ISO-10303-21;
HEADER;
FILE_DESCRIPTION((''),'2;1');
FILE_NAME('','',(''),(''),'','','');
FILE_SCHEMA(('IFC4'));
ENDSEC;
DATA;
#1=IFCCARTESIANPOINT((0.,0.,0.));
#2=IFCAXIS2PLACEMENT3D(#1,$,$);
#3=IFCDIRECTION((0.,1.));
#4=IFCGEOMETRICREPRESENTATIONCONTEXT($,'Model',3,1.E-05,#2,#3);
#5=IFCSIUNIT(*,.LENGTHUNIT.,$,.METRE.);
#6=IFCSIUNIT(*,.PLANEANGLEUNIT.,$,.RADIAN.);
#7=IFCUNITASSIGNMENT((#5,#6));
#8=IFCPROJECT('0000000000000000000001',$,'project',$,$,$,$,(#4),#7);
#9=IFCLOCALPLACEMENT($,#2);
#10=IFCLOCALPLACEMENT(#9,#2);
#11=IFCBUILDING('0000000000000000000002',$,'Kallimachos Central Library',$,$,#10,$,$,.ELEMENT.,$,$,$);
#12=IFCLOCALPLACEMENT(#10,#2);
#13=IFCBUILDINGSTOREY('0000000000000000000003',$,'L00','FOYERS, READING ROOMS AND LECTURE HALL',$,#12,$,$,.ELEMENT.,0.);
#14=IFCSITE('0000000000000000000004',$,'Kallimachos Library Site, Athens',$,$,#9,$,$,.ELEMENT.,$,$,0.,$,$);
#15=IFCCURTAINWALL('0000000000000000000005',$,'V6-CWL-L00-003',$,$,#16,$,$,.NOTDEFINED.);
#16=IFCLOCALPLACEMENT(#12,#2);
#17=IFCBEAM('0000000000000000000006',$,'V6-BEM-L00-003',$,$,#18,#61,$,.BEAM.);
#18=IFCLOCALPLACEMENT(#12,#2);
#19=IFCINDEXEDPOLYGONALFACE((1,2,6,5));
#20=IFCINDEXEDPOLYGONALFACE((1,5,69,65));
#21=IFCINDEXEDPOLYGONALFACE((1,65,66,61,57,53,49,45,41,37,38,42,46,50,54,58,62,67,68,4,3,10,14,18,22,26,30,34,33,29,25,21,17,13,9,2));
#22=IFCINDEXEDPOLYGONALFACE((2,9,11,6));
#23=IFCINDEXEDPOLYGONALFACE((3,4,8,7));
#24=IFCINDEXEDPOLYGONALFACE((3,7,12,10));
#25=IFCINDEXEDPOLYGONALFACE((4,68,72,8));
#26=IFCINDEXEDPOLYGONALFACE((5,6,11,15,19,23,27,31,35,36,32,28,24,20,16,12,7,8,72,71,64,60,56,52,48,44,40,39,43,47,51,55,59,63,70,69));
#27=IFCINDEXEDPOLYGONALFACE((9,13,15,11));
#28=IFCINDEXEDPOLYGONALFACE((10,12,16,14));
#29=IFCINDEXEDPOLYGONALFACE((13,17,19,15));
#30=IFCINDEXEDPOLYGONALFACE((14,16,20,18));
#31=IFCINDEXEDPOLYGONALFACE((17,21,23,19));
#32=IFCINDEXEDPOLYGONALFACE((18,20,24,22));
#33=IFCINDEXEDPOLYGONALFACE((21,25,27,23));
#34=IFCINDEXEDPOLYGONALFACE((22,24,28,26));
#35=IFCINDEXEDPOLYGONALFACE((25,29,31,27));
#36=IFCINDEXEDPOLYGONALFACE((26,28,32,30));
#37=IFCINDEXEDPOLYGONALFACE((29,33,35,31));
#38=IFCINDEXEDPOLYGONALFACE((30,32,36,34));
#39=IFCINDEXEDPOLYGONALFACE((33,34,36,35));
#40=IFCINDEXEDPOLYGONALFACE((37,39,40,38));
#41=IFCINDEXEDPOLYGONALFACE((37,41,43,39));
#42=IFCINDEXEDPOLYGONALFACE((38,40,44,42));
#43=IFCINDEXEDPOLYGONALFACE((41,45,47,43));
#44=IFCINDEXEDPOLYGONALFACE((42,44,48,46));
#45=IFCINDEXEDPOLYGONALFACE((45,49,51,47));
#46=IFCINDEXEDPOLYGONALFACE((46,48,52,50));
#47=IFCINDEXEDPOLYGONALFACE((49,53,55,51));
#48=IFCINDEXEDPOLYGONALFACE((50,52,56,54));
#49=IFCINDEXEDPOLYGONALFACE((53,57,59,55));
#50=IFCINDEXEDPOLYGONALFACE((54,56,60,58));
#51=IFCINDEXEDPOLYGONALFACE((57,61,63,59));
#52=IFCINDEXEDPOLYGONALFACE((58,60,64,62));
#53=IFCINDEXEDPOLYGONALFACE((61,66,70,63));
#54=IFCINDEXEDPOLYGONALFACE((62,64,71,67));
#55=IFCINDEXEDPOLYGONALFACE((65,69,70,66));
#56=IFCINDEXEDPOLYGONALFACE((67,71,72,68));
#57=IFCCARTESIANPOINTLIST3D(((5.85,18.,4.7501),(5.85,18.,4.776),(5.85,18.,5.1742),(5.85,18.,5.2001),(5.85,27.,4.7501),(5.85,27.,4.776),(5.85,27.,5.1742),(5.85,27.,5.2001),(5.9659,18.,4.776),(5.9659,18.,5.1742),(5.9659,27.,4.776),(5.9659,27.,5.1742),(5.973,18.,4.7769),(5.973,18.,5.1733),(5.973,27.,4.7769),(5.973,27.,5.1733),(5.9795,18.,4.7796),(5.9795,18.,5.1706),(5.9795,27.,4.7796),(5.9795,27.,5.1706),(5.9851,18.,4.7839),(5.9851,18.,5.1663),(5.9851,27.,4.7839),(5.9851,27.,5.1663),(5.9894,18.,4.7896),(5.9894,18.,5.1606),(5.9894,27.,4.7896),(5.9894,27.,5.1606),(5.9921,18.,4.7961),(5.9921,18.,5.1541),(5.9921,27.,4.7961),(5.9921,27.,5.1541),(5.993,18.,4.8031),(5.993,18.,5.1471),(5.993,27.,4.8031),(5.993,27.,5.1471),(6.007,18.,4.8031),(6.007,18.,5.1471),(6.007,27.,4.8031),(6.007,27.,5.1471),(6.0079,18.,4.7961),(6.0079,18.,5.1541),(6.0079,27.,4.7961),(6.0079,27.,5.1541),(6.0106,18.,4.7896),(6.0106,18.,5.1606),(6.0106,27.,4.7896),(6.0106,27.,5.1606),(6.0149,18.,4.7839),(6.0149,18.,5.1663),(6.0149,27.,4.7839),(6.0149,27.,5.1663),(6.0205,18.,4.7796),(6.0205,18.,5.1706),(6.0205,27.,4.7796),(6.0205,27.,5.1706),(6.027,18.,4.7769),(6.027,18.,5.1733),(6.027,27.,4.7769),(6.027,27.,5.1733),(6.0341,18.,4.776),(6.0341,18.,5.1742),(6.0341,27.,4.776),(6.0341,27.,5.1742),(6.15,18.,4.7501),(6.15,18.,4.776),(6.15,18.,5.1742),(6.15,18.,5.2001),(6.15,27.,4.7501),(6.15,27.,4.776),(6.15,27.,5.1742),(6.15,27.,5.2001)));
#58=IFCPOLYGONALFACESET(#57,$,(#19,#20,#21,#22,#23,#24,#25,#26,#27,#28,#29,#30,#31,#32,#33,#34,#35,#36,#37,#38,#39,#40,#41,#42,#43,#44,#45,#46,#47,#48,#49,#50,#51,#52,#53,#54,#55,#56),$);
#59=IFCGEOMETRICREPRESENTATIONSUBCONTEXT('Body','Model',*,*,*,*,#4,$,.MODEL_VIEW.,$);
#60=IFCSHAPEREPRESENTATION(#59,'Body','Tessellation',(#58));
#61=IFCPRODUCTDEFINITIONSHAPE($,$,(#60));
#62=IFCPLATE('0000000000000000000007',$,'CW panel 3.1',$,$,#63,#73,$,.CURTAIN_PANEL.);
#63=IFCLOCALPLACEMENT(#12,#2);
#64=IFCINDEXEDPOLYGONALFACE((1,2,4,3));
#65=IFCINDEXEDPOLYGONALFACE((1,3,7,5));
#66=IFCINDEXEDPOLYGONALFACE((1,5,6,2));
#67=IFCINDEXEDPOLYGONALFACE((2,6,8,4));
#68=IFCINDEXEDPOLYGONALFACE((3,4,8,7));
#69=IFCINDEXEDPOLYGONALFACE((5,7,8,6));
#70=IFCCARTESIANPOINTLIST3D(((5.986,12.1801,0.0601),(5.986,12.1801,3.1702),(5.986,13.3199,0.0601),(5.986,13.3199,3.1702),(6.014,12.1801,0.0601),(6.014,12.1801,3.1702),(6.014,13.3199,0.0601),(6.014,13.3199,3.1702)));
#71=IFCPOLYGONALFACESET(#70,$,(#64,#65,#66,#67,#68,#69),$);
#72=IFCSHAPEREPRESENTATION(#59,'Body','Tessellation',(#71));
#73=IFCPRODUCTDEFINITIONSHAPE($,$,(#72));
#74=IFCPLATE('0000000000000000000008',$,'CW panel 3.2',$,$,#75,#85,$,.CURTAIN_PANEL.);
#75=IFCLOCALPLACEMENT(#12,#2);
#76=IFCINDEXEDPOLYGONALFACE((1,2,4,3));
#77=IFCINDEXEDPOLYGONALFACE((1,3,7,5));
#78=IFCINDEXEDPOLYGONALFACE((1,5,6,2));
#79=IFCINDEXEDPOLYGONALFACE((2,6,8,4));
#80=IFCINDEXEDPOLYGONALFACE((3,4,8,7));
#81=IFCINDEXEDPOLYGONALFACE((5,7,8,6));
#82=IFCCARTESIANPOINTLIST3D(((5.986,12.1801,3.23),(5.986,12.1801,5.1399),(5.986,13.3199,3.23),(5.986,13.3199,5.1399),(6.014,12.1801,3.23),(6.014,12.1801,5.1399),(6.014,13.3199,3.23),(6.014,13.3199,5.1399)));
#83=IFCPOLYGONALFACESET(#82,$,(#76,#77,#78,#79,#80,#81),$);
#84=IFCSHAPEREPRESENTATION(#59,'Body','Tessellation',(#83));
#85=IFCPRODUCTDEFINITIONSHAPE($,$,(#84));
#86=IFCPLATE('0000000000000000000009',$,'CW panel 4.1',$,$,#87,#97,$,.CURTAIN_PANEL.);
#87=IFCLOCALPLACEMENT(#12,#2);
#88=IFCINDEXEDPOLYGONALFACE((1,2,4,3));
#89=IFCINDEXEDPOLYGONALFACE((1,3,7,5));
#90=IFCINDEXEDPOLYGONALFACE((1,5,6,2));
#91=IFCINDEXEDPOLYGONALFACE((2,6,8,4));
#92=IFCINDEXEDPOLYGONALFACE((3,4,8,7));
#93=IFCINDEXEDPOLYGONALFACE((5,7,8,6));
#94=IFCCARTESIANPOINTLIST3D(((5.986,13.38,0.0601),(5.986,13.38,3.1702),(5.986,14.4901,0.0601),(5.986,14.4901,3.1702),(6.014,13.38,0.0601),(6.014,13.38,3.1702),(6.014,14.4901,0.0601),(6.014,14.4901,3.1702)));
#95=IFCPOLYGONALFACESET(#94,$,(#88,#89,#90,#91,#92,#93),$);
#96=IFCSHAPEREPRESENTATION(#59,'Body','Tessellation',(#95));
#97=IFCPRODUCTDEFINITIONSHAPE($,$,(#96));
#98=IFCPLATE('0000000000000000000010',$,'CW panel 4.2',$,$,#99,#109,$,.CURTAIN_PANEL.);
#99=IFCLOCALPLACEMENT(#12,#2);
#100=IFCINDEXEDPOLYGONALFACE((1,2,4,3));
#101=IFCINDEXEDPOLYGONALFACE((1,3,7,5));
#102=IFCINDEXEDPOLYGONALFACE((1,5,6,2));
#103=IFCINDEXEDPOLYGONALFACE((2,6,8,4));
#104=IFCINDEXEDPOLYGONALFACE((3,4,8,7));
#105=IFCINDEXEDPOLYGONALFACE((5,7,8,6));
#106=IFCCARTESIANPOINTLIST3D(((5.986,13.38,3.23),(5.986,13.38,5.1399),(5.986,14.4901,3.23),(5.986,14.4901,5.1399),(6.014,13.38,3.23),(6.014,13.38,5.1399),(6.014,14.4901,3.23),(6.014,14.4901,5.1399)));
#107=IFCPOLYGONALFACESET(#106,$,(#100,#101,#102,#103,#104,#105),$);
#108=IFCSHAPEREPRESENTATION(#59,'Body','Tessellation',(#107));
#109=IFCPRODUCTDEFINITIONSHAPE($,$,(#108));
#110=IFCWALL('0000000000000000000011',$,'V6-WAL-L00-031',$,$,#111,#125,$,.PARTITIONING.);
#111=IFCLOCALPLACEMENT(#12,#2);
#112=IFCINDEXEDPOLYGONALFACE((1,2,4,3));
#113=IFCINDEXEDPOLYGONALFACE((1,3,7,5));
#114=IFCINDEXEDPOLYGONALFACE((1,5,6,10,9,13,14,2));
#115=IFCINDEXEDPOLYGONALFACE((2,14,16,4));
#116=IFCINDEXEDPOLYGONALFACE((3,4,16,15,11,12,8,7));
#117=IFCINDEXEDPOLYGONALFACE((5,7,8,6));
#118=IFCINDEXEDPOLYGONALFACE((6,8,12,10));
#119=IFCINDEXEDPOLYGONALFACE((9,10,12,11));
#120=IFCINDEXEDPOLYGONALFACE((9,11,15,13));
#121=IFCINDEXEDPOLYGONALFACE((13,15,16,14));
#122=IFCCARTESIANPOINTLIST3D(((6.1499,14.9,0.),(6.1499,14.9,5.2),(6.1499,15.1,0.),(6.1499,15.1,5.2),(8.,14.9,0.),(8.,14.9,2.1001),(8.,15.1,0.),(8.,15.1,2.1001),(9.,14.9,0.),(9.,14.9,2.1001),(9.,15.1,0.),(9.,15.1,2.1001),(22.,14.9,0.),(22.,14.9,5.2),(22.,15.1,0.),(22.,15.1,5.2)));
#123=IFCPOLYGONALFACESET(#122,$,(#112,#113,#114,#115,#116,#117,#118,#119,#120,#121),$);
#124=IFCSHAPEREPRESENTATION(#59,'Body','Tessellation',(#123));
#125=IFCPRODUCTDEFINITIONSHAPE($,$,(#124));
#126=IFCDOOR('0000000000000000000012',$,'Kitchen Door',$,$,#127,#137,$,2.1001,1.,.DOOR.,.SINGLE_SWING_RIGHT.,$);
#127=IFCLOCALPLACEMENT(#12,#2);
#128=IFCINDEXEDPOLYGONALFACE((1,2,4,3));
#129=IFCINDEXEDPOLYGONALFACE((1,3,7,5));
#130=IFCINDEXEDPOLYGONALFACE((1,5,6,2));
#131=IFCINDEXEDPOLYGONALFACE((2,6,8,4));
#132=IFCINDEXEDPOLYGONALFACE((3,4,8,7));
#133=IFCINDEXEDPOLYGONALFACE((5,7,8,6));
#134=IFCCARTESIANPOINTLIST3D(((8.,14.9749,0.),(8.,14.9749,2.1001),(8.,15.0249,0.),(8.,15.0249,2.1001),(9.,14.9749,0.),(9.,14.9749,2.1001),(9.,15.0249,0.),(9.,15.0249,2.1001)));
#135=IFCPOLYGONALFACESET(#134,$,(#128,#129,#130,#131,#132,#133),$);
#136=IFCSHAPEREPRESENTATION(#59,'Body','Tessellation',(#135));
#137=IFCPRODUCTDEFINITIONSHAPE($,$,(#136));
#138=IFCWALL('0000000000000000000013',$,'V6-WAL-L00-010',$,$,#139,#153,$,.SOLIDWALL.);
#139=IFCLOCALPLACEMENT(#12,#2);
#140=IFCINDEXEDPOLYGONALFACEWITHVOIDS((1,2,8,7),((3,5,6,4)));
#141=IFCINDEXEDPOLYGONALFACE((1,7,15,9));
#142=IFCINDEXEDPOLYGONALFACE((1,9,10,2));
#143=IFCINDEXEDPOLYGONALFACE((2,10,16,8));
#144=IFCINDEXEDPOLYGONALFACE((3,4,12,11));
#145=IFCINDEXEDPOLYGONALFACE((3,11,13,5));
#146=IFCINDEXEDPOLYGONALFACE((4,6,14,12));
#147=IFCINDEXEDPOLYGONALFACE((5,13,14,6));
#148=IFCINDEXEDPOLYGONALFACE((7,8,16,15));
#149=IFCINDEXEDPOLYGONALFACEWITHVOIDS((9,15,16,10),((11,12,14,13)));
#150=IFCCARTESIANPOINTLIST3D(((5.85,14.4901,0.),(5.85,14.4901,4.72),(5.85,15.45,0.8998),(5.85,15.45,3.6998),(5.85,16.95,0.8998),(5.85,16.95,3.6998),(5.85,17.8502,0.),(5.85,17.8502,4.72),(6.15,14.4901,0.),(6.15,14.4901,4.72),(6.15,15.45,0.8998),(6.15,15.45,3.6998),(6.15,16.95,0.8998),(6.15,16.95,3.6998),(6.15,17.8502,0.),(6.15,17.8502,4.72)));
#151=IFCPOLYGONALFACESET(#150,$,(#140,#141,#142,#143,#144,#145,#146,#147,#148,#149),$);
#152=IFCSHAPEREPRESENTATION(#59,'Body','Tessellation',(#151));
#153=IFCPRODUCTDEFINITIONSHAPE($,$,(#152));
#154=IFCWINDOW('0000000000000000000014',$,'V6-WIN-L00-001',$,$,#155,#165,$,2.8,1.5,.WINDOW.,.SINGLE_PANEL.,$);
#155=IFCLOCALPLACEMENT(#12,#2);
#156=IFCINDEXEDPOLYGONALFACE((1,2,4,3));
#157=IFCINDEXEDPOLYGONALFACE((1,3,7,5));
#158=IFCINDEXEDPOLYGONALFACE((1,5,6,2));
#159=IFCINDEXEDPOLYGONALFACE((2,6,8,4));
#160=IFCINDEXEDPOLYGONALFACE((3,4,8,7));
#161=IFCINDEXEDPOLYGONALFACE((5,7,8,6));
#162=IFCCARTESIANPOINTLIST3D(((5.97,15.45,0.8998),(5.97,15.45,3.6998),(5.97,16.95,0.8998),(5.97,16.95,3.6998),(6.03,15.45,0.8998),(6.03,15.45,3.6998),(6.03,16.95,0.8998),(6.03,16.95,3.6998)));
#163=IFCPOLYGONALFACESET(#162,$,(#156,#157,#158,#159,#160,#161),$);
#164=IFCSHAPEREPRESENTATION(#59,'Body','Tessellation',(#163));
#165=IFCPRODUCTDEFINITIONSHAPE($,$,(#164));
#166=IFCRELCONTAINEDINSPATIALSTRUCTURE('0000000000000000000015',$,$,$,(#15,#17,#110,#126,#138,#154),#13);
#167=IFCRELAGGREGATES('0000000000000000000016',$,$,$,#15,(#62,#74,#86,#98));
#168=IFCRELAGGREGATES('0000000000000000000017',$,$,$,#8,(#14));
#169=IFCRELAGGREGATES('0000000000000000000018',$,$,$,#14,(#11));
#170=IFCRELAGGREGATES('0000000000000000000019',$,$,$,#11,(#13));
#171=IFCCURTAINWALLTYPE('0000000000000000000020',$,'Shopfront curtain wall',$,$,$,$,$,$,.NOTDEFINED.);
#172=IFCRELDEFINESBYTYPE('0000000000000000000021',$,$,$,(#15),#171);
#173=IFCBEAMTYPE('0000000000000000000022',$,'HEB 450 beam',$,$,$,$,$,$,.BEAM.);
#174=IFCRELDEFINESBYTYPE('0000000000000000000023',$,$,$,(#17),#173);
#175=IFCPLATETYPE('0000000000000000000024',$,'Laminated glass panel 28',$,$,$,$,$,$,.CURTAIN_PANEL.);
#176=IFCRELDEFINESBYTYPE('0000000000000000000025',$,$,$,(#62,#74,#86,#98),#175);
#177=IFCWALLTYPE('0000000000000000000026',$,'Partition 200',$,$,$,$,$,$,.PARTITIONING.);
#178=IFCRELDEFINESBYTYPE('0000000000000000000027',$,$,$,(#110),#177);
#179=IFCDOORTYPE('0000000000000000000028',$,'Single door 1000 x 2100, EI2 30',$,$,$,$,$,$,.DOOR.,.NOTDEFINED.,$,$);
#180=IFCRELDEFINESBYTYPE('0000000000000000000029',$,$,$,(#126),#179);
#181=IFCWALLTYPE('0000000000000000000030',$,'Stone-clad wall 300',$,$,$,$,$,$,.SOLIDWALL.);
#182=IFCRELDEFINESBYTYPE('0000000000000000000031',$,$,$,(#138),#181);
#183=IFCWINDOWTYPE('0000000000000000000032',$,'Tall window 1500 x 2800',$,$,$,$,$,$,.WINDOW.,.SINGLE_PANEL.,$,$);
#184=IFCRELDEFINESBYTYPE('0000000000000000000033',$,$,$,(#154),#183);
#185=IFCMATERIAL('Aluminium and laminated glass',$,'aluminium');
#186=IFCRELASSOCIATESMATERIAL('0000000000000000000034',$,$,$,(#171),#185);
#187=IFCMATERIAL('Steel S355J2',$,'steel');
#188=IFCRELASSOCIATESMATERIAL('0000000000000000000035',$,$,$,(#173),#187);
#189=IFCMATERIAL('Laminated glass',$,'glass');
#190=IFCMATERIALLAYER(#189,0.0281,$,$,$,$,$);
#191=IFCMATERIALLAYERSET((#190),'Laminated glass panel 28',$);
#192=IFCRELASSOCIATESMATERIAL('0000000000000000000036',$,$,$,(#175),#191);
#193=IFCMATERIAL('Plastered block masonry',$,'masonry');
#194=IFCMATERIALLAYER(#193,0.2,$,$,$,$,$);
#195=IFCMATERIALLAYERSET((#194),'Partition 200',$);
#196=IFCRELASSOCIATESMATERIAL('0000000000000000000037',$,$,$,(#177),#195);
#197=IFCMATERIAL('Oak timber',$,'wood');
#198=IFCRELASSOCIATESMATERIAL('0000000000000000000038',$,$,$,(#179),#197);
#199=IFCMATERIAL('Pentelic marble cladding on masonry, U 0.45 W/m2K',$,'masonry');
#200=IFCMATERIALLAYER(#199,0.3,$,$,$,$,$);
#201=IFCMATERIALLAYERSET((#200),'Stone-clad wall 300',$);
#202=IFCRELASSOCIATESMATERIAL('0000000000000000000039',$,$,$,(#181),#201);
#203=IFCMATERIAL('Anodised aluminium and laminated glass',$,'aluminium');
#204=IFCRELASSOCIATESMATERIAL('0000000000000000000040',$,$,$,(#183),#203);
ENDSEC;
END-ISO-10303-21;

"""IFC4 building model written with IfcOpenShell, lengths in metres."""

from ifc_helpers import new_model, si_unit, direction, frame, frame_2d, origin, origin_2d, place, context, subcontext, project, spatial, rectangle, i_section, extrude, material, layer, layer_set, material_profile, profile_set, type_object, element, fill, aggregate, save


model = new_model("IFC4")

# Units and contexts
model_context = context("Model", 3, precision=1e-05, world=origin(), true_north=direction((0.0, 1.0)))
body_context = subcontext(model_context, "Body", "Model", "MODEL_VIEW")
ifc_project = project(units=[si_unit("LENGTHUNIT", "METRE"), si_unit("PLANEANGLEUNIT", "RADIAN")], contexts=[model_context])

# Site, building, storey
site_placement = place(None, origin())
site = spatial("IfcSite", under=ifc_project, at=site_placement, Name="Kallimachos Library Site, Athens", CompositionType="ELEMENT", RefElevation=0.0)
building_placement = place(site_placement, origin())
building = spatial("IfcBuilding", under=site, at=building_placement, Name="Kallimachos Central Library", CompositionType="ELEMENT")
storey_placement = place(building_placement, origin())
storey = spatial("IfcBuildingStorey", under=building, at=storey_placement, Name="L00", Description="FOYERS, READING ROOMS AND LECTURE HALL", CompositionType="ELEMENT", Elevation=0.0)

# Curtain wall
ifc_material_1 = material(Name="Aluminium and laminated glass", Category="aluminium")
curtain_wall_type = type_object("IfcCurtainWallType", Name="Shopfront curtain wall", PredefinedType="NOTDEFINED", material=ifc_material_1)
curtain_wall_placement = place(storey_placement, origin())
curtain_wall = element("IfcCurtainWall", 1, at=curtain_wall_placement, inside=storey, type_object=curtain_wall_type, Name="V6-CWL-L00-003", PredefinedType="NOTDEFINED")

# Beam
ifc_material_2 = material(Name="Steel S355J2", Category="steel")
ifc_material_profile_1 = material_profile(ifc_material_2, i_section(OverallWidth=0.3, OverallDepth=0.45, WebThickness=0.0139, FlangeThickness=0.0259, FilletRadius=0.0271, at=origin_2d()), Name="HEB 450")
ifc_profile_set_1 = profile_set([ifc_material_profile_1], Name="Steel S355J2")
beam_type = type_object("IfcBeamType", Name="HEB 450 beam", PredefinedType="BEAM", material=ifc_profile_set_1)
beam_placement = place(storey_placement, frame((6.0, 18.0, 4.9751), z_axis=(0.0, 1.0, 0.0), x_axis=(-1.0, 0.0, 0.0)))
element("IfcBeam", 2, at=beam_placement, inside=storey, type_object=beam_type, Name="V6-BEM-L00-003", PredefinedType="BEAM", context=body_context, shape_type="SweptSolid", body=[
    extrude(i_section(OverallWidth=0.3, OverallDepth=0.45, WebThickness=0.0139, FlangeThickness=0.0259, FilletRadius=0.0271, at=origin_2d()), origin(), (0.0, 0.0, 1.0), 9.0),
])

# Plates
ifc_material_3 = material(Name="Laminated glass", Category="glass")
ifc_layer_1 = layer(ifc_material_3, 0.0281)
ifc_layer_set_1 = layer_set([ifc_layer_1], Name="Laminated glass panel 28")
plate_type = type_object("IfcPlateType", Name="Laminated glass panel 28", PredefinedType="CURTAIN_PANEL", material=ifc_layer_set_1)
plate_1_placement = place(storey_placement, frame((6.0, 12.75, 0.0601), z_axis=(0.0, 0.0, 1.0), x_axis=(0.0, 1.0, 0.0)))
plate_1 = element("IfcPlate", 3, at=plate_1_placement, type_object=plate_type, Name="CW panel 3.1", PredefinedType="CURTAIN_PANEL", context=body_context, shape_type="SweptSolid", body=[
    extrude(rectangle(XDim=1.1399, YDim=0.0281, at=origin_2d()), origin(), (0.0, 0.0, 1.0), 3.1101),
])
plate_2_placement = place(storey_placement, frame((6.0, 12.75, 3.23), z_axis=(0.0, 0.0, 1.0), x_axis=(0.0, 1.0, 0.0)))
plate_2 = element("IfcPlate", 4, at=plate_2_placement, type_object=plate_type, Name="CW panel 3.2", PredefinedType="CURTAIN_PANEL", context=body_context, shape_type="SweptSolid", body=[
    extrude(rectangle(XDim=1.1399, YDim=0.0281, at=origin_2d()), origin(), (0.0, 0.0, 1.0), 1.9099),
])
plate_3_placement = place(storey_placement, frame((6.0, 13.9351, 0.0601), z_axis=(0.0, 0.0, 1.0), x_axis=(0.0, 1.0, 0.0)))
plate_3 = element("IfcPlate", 5, at=plate_3_placement, type_object=plate_type, Name="CW panel 4.1", PredefinedType="CURTAIN_PANEL", context=body_context, shape_type="SweptSolid", body=[
    extrude(rectangle(XDim=1.1101, YDim=0.0281, at=origin_2d()), origin(), (0.0, 0.0, 1.0), 3.1101),
])
plate_4_placement = place(storey_placement, frame((6.0, 13.9351, 3.23), z_axis=(0.0, 0.0, 1.0), x_axis=(0.0, 1.0, 0.0)))
plate_4 = element("IfcPlate", 6, at=plate_4_placement, type_object=plate_type, Name="CW panel 4.2", PredefinedType="CURTAIN_PANEL", context=body_context, shape_type="SweptSolid", body=[
    extrude(rectangle(XDim=1.1101, YDim=0.0281, at=origin_2d()), origin(), (0.0, 0.0, 1.0), 1.9099),
])
aggregate(curtain_wall, [plate_1, plate_2, plate_3, plate_4])

# Wall, opening, door
ifc_material_4 = material(Name="Plastered block masonry", Category="masonry")
ifc_layer_2 = layer(ifc_material_4, 0.2)
ifc_layer_set_2 = layer_set([ifc_layer_2], Name="Partition 200")
wall_type_1 = type_object("IfcWallType", Name="Partition 200", PredefinedType="PARTITIONING", material=ifc_layer_set_2)
wall_1_placement = place(storey_placement, frame((6.1499, 15.0, 0.0), z_axis=(0.0, 0.0, 1.0), x_axis=(1.0, 0.0, 0.0)))
wall_1 = element("IfcWall", 7, at=wall_1_placement, inside=storey, type_object=wall_type_1, Name="V6-WAL-L00-031", PredefinedType="PARTITIONING", context=body_context, shape_type="SweptSolid", body=[
    extrude(rectangle(XDim=15.8501, YDim=0.2, at=frame_2d((7.925, 0.0))), origin(), (0.0, 0.0, 1.0), 5.2),
])
opening_1_placement = place(wall_1_placement, frame((1.8501, 0.0, 0.0)))
opening_1 = element("IfcOpeningElement", 8, at=opening_1_placement, cuts=wall_1, PredefinedType="OPENING", context=body_context, shape_type="SweptSolid", body=[
    extrude(rectangle(XDim=1.0, YDim=2.1001, at=frame_2d((0.5, 1.05))), frame((0.0, 0.1099, 0.0), z_axis=(0.0, -1.0, 0.0), x_axis=(1.0, 0.0, 0.0)), (0.0, 0.0, 1.0), 0.22),
])
ifc_material_5 = material(Name="Oak timber", Category="wood")
door_type = type_object("IfcDoorType", Name="Single door 1000 x 2100, EI2 30", OperationType="NOTDEFINED", PredefinedType="DOOR", material=ifc_material_5)
door_placement = place(opening_1_placement, origin())
door = element("IfcDoor", 9, at=door_placement, inside=storey, type_object=door_type, Name="Kitchen Door", OperationType="SINGLE_SWING_RIGHT", OverallHeight=2.1001, OverallWidth=1.0, PredefinedType="DOOR", context=body_context, shape_type="SweptSolid", body=[
    extrude(rectangle(XDim=1.0, YDim=2.1001, at=frame_2d((0.5, 1.05))), frame((0.0, 0.0249, 0.0), z_axis=(0.0, -1.0, 0.0), x_axis=(1.0, 0.0, 0.0)), (0.0, 0.0, 1.0), 0.05),
])
fill(opening_1, door)

# Wall, opening, window
ifc_material_6 = material(Name="Pentelic marble cladding on masonry, U 0.45 W/m2K", Category="masonry")
ifc_layer_3 = layer(ifc_material_6, 0.3)
ifc_layer_set_3 = layer_set([ifc_layer_3], Name="Stone-clad wall 300")
wall_type_2 = type_object("IfcWallType", Name="Stone-clad wall 300", PredefinedType="SOLIDWALL", material=ifc_layer_set_3)
wall_2_placement = place(storey_placement, frame((6.0, 14.49, 0.0), z_axis=(0.0, 0.0, 1.0), x_axis=(0.0, 1.0, 0.0)))
wall_2 = element("IfcWall", 10, at=wall_2_placement, inside=storey, type_object=wall_type_2, Name="V6-WAL-L00-010", PredefinedType="SOLIDWALL", context=body_context, shape_type="SweptSolid", body=[
    extrude(rectangle(XDim=3.3601, YDim=0.3, at=frame_2d((1.6802, 0.0))), origin(), (0.0, 0.0, 1.0), 4.72),
])
opening_2_placement = place(wall_2_placement, frame((0.96, 0.0, 0.8999)))
opening_2 = element("IfcOpeningElement", 11, at=opening_2_placement, cuts=wall_2, PredefinedType="OPENING", context=body_context, shape_type="SweptSolid", body=[
    extrude(rectangle(XDim=1.5, YDim=2.8, at=frame_2d((0.75, 1.3999))), frame((0.0, 0.1599, 0.0), z_axis=(0.0, -1.0, 0.0), x_axis=(1.0, 0.0, 0.0)), (0.0, 0.0, 1.0), 0.3201),
])
ifc_material_7 = material(Name="Anodised aluminium and laminated glass", Category="aluminium")
window_type = type_object("IfcWindowType", Name="Tall window 1500 x 2800", PartitioningType="SINGLE_PANEL", PredefinedType="WINDOW", material=ifc_material_7)
window_placement = place(opening_2_placement, origin())
window = element("IfcWindow", 12, at=window_placement, inside=storey, type_object=window_type, Name="V6-WIN-L00-001", OverallHeight=2.8, OverallWidth=1.5, PartitioningType="SINGLE_PANEL", PredefinedType="WINDOW", context=body_context, shape_type="SweptSolid", body=[
    extrude(rectangle(XDim=1.5, YDim=2.8, at=frame_2d((0.75, 1.3999))), frame((0.0, 0.03, 0.0), z_axis=(0.0, -1.0, 0.0), x_axis=(1.0, 0.0, 0.0)), (0.0, 0.0, 1.0), 0.0601),
])
fill(opening_2, window)

save(model, "model.ifc")
